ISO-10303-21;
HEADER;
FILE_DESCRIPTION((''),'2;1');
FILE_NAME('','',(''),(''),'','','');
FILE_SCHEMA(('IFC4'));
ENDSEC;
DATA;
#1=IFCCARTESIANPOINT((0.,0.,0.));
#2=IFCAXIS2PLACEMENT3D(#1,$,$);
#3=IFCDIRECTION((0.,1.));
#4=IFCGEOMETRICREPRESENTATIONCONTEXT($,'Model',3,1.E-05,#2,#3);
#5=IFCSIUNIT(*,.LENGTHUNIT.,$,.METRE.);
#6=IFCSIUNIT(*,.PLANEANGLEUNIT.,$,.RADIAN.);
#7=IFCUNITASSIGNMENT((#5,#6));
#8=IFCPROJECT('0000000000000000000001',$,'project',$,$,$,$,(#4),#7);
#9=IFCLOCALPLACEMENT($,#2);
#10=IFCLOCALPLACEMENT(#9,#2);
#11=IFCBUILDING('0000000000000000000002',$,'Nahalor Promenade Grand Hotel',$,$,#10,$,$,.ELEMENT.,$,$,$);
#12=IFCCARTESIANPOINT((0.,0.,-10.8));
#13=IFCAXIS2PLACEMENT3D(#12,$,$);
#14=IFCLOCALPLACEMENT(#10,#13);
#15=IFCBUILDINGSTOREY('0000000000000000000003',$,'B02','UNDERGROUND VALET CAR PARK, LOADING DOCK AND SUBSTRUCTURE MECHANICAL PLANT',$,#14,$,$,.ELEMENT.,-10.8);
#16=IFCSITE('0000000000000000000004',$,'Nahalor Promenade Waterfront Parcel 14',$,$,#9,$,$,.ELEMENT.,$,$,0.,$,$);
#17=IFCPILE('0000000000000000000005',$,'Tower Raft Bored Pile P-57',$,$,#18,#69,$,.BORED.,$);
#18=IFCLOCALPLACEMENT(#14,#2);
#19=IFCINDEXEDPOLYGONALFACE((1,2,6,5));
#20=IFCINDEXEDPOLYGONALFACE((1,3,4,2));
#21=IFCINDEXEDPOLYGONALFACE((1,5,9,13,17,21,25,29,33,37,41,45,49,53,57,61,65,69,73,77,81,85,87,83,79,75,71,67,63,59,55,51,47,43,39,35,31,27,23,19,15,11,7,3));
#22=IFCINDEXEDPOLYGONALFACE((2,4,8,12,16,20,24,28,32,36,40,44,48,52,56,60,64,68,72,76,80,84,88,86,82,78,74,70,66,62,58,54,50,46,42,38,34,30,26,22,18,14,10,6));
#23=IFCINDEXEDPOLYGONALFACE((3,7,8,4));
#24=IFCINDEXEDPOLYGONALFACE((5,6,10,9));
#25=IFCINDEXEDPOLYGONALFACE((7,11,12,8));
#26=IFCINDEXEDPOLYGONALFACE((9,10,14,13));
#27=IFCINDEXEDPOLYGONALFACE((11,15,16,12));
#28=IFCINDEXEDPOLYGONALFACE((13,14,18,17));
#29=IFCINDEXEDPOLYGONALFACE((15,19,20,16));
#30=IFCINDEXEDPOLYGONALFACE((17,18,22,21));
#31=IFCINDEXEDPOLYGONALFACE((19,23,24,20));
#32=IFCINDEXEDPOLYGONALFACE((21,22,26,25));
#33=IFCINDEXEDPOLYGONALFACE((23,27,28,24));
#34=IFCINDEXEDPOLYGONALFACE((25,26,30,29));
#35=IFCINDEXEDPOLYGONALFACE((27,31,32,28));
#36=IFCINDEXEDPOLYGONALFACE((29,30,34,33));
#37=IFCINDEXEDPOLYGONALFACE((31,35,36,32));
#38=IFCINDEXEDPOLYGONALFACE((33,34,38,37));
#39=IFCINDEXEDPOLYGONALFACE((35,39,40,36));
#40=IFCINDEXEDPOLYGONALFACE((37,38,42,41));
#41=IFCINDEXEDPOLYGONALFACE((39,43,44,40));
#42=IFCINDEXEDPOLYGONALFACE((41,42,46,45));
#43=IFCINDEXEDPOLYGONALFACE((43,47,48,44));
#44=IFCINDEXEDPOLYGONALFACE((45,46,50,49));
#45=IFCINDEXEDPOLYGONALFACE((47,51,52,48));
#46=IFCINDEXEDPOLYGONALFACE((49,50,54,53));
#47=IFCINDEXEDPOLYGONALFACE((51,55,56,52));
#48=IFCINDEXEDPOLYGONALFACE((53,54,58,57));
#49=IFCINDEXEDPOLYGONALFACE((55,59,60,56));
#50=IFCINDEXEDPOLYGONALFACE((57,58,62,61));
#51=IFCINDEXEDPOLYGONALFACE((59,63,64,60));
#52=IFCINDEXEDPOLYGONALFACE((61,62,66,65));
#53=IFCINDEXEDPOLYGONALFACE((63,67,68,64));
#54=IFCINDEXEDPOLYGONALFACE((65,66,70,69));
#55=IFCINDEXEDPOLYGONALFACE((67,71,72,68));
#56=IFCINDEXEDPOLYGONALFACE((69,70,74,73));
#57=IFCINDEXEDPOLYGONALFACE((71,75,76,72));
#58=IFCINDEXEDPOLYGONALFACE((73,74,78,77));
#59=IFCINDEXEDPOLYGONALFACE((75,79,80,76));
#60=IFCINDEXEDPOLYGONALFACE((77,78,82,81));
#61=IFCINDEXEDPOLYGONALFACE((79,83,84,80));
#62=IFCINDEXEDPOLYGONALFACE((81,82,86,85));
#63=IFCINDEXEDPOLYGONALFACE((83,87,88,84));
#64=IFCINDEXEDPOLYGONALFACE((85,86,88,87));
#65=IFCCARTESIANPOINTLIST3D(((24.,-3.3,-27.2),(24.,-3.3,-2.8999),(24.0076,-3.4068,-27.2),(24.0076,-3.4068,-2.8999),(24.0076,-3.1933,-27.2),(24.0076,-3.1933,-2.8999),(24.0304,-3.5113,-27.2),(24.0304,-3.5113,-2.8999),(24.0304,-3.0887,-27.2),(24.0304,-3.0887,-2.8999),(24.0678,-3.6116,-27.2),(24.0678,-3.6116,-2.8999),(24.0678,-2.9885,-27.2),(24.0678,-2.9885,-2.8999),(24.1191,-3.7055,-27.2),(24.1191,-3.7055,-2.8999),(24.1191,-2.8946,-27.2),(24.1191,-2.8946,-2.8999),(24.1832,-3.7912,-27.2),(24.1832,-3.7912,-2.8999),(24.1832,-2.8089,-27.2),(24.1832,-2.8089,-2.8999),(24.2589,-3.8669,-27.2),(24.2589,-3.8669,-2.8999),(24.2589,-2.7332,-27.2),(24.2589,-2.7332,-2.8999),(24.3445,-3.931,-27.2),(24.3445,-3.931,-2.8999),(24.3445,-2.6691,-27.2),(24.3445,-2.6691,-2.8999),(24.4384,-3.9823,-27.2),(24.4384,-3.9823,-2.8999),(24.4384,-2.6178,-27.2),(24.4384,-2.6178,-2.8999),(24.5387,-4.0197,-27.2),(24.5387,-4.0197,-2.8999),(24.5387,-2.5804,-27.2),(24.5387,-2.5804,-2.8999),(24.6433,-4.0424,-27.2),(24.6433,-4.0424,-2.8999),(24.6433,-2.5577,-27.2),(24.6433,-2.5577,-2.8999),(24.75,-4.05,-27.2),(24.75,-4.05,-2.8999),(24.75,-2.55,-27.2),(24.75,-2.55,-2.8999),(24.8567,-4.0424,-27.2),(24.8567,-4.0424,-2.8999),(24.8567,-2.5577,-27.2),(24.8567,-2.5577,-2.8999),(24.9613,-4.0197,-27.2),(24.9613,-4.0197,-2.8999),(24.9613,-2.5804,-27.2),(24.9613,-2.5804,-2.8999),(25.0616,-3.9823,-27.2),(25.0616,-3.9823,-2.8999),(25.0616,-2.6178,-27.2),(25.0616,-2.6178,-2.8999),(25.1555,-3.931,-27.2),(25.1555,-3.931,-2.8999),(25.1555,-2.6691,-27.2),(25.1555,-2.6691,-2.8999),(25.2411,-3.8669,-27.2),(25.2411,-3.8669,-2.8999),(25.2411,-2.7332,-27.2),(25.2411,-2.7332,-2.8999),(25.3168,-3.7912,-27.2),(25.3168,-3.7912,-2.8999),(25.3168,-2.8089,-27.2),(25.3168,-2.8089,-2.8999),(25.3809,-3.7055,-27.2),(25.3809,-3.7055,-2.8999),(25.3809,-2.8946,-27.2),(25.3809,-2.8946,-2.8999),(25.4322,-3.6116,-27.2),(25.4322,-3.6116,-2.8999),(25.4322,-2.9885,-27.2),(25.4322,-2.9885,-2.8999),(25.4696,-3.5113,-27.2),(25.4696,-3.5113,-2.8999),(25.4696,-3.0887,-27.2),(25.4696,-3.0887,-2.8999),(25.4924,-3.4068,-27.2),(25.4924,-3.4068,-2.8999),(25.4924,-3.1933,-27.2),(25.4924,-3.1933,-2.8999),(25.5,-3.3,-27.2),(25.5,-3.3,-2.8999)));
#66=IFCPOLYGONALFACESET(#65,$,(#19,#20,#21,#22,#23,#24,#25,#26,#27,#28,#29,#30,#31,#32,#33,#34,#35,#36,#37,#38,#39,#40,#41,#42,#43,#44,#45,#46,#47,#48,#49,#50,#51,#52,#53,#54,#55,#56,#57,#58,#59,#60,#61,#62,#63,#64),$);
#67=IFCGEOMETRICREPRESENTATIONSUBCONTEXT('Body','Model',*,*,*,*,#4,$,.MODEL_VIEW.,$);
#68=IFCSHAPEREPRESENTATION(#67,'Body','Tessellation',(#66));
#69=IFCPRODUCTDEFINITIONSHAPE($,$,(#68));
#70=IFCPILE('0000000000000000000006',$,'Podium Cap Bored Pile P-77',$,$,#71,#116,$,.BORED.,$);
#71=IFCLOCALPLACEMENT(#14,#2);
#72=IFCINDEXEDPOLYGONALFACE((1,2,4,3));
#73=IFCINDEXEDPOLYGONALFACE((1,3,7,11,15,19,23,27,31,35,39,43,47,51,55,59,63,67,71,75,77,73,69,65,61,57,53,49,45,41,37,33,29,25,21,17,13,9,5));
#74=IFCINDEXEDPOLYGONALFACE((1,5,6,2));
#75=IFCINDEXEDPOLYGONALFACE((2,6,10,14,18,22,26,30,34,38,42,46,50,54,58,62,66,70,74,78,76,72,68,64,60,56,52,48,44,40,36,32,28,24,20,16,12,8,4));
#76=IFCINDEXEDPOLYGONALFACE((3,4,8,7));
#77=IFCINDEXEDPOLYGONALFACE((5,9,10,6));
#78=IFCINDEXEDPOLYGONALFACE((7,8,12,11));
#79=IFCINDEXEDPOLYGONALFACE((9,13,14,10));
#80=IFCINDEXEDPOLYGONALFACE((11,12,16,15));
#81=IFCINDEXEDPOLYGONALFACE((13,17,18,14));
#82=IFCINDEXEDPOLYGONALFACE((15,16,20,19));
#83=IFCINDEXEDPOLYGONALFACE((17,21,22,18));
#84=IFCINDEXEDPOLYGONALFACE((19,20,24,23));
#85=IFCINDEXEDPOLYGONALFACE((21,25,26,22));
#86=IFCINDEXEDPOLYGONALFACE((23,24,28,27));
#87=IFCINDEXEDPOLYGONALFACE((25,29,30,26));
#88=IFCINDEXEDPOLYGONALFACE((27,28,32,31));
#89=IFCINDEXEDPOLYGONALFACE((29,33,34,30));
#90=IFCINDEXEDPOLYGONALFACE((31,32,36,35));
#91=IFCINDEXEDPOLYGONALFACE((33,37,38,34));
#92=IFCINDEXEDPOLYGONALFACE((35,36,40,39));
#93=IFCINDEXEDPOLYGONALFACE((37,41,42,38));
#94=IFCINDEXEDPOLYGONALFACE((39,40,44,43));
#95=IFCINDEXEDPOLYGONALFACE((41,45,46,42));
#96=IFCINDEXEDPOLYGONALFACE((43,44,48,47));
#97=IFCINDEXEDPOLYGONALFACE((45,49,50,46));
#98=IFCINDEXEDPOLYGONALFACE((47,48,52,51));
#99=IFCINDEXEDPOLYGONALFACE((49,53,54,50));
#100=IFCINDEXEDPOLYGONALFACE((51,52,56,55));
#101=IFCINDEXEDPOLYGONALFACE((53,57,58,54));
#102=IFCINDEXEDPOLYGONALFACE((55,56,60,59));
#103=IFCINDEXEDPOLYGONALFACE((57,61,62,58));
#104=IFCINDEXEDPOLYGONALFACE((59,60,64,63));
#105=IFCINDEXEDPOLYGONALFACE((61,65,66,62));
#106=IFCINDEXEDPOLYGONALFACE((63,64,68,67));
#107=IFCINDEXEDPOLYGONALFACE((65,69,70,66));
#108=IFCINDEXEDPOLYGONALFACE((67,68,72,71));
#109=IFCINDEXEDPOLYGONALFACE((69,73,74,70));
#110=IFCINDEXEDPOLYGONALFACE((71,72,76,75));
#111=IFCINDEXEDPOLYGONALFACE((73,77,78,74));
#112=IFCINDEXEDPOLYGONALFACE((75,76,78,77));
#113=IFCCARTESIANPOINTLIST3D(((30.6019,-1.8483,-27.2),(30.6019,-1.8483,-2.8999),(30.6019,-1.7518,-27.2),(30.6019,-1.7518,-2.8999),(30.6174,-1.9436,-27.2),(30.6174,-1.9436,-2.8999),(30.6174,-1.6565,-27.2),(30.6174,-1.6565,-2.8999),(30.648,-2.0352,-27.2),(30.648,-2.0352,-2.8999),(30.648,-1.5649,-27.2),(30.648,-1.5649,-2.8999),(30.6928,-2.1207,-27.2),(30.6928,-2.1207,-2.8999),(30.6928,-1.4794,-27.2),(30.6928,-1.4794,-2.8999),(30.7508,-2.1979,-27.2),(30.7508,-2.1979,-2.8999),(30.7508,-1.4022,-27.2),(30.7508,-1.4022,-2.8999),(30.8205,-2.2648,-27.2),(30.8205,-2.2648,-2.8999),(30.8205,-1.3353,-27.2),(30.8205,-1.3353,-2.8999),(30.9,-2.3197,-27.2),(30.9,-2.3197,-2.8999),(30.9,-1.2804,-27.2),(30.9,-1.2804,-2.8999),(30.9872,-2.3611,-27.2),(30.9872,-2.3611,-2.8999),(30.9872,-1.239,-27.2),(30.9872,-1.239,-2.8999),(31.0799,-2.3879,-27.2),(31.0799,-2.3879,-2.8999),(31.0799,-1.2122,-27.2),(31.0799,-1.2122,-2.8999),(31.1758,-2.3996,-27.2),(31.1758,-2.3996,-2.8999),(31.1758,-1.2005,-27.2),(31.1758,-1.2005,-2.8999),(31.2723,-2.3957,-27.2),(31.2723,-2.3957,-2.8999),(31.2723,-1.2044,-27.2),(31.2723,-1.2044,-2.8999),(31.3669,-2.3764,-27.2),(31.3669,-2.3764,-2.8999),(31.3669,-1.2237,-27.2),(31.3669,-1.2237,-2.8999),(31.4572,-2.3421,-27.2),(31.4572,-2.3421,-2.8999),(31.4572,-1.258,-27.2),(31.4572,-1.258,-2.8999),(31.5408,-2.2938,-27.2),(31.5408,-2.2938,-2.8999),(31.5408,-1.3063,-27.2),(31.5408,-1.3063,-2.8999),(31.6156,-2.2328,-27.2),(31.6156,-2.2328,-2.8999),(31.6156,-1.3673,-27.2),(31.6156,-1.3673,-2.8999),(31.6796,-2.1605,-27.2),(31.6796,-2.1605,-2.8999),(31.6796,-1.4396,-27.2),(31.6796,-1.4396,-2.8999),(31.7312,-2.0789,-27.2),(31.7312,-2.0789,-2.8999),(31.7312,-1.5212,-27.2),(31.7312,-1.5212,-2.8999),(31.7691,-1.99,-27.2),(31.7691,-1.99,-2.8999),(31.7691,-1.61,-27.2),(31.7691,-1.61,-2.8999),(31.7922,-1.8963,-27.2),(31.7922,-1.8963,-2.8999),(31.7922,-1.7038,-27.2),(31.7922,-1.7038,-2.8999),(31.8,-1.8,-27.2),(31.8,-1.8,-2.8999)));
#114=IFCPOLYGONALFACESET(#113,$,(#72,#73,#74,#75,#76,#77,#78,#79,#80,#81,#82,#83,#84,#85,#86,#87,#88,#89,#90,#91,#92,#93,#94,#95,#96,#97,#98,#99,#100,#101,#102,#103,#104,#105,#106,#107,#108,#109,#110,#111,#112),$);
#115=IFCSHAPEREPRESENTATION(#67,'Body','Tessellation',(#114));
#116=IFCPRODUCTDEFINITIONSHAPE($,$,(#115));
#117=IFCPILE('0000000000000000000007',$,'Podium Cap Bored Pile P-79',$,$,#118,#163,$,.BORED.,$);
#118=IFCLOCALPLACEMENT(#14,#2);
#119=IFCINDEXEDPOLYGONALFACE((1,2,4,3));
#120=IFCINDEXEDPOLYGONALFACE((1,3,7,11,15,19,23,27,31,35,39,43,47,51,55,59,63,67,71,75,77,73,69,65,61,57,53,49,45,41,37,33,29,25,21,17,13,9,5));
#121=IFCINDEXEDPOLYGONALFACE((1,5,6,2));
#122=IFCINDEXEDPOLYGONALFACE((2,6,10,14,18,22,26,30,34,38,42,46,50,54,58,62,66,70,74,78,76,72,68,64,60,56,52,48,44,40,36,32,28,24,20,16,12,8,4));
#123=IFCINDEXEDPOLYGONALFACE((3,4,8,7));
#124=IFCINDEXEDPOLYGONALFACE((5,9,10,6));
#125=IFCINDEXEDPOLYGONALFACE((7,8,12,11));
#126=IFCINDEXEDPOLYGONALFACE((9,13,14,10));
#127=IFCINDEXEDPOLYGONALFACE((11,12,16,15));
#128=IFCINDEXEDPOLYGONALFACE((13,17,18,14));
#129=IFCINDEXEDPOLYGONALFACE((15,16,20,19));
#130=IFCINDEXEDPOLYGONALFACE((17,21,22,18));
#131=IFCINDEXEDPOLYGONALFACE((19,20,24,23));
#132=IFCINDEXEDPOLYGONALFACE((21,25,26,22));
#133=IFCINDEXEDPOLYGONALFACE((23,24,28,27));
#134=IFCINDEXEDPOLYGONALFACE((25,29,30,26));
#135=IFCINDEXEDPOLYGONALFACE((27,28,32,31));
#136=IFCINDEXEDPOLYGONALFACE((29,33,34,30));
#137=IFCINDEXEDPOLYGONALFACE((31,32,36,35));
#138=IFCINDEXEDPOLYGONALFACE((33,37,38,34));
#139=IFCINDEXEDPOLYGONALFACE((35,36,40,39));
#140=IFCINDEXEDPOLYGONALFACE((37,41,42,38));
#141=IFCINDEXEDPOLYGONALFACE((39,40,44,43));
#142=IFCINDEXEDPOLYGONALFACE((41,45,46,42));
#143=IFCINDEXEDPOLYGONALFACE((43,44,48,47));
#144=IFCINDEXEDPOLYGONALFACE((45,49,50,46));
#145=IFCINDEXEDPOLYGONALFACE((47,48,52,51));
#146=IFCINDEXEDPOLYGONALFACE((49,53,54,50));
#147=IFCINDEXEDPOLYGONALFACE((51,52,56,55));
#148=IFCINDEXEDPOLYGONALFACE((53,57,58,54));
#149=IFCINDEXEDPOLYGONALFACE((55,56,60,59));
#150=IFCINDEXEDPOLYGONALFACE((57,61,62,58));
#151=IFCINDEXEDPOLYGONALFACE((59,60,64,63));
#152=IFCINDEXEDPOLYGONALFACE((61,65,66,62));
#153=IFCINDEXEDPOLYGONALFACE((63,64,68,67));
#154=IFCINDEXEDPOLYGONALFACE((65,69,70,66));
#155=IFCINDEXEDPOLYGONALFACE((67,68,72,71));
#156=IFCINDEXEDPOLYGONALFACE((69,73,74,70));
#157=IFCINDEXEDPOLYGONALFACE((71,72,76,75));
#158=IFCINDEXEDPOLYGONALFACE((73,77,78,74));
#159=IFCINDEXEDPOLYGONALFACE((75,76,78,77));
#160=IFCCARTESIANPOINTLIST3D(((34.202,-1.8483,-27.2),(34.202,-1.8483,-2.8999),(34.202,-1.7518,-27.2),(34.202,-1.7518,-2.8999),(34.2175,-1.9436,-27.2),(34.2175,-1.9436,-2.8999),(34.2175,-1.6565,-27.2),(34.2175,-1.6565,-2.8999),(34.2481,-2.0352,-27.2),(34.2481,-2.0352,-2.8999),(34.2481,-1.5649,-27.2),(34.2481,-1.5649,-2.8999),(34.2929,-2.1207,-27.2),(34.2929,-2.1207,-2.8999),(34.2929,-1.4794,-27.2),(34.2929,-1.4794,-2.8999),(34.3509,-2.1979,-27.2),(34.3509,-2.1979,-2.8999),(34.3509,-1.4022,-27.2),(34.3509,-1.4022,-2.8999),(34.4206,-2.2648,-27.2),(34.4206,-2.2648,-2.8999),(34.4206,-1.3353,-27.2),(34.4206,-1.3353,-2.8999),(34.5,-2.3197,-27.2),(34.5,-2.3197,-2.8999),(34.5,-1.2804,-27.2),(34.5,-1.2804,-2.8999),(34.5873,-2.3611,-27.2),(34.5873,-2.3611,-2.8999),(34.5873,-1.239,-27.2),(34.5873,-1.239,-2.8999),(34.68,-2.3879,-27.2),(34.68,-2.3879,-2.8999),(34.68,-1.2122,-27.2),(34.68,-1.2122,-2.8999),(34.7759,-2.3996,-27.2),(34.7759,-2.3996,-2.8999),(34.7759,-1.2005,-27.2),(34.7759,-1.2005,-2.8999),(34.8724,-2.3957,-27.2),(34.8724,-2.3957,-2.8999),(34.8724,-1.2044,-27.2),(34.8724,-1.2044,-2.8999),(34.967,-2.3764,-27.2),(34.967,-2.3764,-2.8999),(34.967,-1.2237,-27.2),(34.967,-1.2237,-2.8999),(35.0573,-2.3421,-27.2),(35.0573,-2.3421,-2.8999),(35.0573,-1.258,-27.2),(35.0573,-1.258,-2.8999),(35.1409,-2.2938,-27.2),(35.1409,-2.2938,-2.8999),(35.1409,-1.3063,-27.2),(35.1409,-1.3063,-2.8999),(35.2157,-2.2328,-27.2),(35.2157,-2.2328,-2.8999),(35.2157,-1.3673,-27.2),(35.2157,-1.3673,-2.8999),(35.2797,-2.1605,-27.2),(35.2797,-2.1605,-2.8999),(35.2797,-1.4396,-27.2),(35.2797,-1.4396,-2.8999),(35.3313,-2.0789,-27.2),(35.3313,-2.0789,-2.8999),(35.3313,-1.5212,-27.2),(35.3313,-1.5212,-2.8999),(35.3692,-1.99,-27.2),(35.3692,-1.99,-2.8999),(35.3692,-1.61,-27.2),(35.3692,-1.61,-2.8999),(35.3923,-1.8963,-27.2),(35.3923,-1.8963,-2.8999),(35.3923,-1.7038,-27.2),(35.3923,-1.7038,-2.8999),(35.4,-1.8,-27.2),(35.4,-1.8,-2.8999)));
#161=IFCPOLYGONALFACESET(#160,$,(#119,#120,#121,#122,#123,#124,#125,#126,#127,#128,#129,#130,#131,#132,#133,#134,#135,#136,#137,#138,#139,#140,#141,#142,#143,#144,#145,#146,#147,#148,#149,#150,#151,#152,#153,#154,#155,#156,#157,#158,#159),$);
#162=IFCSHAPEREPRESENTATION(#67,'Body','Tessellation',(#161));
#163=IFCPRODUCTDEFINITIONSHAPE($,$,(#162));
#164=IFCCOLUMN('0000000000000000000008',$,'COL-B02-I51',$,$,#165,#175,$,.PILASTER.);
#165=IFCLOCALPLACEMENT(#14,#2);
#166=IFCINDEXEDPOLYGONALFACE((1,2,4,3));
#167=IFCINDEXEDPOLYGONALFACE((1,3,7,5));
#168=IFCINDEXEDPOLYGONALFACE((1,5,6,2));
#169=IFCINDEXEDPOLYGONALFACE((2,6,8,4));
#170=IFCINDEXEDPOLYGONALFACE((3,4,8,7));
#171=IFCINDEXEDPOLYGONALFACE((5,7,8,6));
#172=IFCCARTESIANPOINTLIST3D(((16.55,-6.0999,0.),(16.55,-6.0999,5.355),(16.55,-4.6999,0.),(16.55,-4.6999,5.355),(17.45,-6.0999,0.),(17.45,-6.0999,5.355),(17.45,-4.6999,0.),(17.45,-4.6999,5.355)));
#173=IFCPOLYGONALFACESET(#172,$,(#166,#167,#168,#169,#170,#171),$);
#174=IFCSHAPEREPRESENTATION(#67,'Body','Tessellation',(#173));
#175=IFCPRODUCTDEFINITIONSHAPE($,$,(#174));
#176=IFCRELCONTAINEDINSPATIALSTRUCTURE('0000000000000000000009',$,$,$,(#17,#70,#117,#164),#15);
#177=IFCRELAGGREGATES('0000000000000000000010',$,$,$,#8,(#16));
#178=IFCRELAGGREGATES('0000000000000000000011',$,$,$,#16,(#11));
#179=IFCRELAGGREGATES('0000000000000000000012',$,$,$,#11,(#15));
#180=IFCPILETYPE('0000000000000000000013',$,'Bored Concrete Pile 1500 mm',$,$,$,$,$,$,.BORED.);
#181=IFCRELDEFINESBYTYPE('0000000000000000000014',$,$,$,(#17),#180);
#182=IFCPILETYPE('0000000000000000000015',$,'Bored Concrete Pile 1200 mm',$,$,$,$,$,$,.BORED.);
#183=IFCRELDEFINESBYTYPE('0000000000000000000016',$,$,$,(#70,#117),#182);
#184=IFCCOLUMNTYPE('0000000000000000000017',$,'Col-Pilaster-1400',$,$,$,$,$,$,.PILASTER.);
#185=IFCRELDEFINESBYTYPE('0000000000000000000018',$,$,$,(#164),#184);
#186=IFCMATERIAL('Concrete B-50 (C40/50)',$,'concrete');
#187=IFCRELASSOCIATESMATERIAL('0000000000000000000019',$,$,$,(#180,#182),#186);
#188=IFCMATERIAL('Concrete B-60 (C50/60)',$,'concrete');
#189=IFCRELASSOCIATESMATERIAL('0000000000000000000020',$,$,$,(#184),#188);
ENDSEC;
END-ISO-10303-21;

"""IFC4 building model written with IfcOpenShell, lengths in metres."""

from ifc_helpers import new_model, si_unit, direction, frame, origin, origin_2d, place, context, subcontext, project, spatial, rectangle, circle, extrude, source, transform, mapped, material, material_profile, profile_set, type_object, element, save


model = new_model("IFC4")

# Units and contexts
model_context = context("Model", 3, precision=1e-05, world=origin(), true_north=direction((0.0, 1.0)))
body_context = subcontext(model_context, "Body", "Model", "MODEL_VIEW")
ifc_project = project(units=[si_unit("LENGTHUNIT", "METRE"), si_unit("PLANEANGLEUNIT", "RADIAN")], contexts=[model_context])

# Site, building, storey
site_placement = place(None, origin())
site = spatial("IfcSite", under=ifc_project, at=site_placement, Name="Nahalor Promenade Waterfront Parcel 14", CompositionType="ELEMENT", RefElevation=0.0)
building_placement = place(site_placement, origin())
building = spatial("IfcBuilding", under=site, at=building_placement, Name="Nahalor Promenade Grand Hotel", CompositionType="ELEMENT")
storey_placement = place(building_placement, frame((0.0, 0.0, -10.8)))
storey = spatial("IfcBuildingStorey", under=building, at=storey_placement, Name="B02", Description="UNDERGROUND VALET CAR PARK, LOADING DOCK AND SUBSTRUCTURE MECHANICAL PLANT", CompositionType="ELEMENT", Elevation=-10.8)

# Piles
ifc_material_1 = material(Name="Concrete B-50 (C40/50)", Category="concrete")
ifc_material_profile_1 = material_profile(ifc_material_1, circle(Radius=0.75, at=origin_2d()), Name="PILE D1500")
ifc_profile_set_1 = profile_set([ifc_material_profile_1], Name="Concrete B-50 (C40/50)")
pile_type_1 = type_object("IfcPileType", Name="Bored Concrete Pile 1500 mm", PredefinedType="BORED", material=ifc_profile_set_1)
shared_shape_1 = source(origin(), body_context, "Body", "SweptSolid", [
    extrude(circle(Radius=0.75, at=origin_2d()), origin(), (0.0, 0.0, 1.0), 24.3),
])
for number, where, z_axis, x_axis, name in (
    (1, (24.75, -3.3, -2.8999), (0.0, 0.0, -1.0), (1.0, 0.0, 0.0), "Tower Raft Bored Pile P-57"),
):
    element("IfcPile", number, at=place(storey_placement, frame(where, z_axis=z_axis, x_axis=x_axis)), inside=storey, type_object=pile_type_1, Name=name, PredefinedType="BORED", context=body_context, shape_type="MappedRepresentation", body=[
        mapped(shared_shape_1, transform((0.0, 0.0, 0.0), scale=1.0)),
    ])
ifc_material_profile_2 = material_profile(ifc_material_1, circle(Radius=0.6, at=origin_2d()), Name="PILE D1200")
ifc_profile_set_2 = profile_set([ifc_material_profile_2], Name="Concrete B-50 (C40/50)")
pile_type_2 = type_object("IfcPileType", Name="Bored Concrete Pile 1200 mm", PredefinedType="BORED", material=ifc_profile_set_2)
shared_shape_2 = source(origin(), body_context, "Body", "SweptSolid", [
    extrude(circle(Radius=0.6, at=origin_2d()), origin(), (0.0, 0.0, 1.0), 24.3),
])
for number, where, z_axis, x_axis, name in (
    (2, (31.2, -1.8, -2.8999), (0.0, 0.0, -1.0), (1.0, 0.0, 0.0), "Podium Cap Bored Pile P-77"),
    (3, (34.8, -1.8, -2.8999), (0.0, 0.0, -1.0), (1.0, 0.0, 0.0), "Podium Cap Bored Pile P-79"),
):
    element("IfcPile", number, at=place(storey_placement, frame(where, z_axis=z_axis, x_axis=x_axis)), inside=storey, type_object=pile_type_2, Name=name, PredefinedType="BORED", context=body_context, shape_type="MappedRepresentation", body=[
        mapped(shared_shape_2, transform((0.0, 0.0, 0.0), scale=1.0)),
    ])

# Column
ifc_material_2 = material(Name="Concrete B-60 (C50/60)", Category="concrete")
ifc_material_profile_3 = material_profile(ifc_material_2, rectangle(XDim=0.9, YDim=1.4, at=origin_2d()), Name="RC 900x1400")
ifc_profile_set_3 = profile_set([ifc_material_profile_3], Name="Concrete B-60 (C50/60)")
column_type_1 = type_object("IfcColumnType", Name="Col-Pilaster-1400", PredefinedType="PILASTER", material=ifc_profile_set_3)
shared_shape_3 = source(origin(), body_context, "Body", "SweptSolid", [
    extrude(rectangle(XDim=0.9, YDim=1.4, at=origin_2d()), origin(), (0.0, 0.0, 1.0), 5.355),
])
column_placement = place(storey_placement, frame((17.0, -5.3999, 0.0), z_axis=(0.0, 0.0, 1.0), x_axis=(1.0, 0.0, 0.0)))
element("IfcColumn", 4, at=column_placement, inside=storey, type_object=column_type_1, Name="COL-B02-I51", PredefinedType="PILASTER", context=body_context, shape_type="MappedRepresentation", body=[
    mapped(shared_shape_3, transform((0.0, 0.0, 0.0), scale=1.0)),
])

save(model, "model.ifc")
